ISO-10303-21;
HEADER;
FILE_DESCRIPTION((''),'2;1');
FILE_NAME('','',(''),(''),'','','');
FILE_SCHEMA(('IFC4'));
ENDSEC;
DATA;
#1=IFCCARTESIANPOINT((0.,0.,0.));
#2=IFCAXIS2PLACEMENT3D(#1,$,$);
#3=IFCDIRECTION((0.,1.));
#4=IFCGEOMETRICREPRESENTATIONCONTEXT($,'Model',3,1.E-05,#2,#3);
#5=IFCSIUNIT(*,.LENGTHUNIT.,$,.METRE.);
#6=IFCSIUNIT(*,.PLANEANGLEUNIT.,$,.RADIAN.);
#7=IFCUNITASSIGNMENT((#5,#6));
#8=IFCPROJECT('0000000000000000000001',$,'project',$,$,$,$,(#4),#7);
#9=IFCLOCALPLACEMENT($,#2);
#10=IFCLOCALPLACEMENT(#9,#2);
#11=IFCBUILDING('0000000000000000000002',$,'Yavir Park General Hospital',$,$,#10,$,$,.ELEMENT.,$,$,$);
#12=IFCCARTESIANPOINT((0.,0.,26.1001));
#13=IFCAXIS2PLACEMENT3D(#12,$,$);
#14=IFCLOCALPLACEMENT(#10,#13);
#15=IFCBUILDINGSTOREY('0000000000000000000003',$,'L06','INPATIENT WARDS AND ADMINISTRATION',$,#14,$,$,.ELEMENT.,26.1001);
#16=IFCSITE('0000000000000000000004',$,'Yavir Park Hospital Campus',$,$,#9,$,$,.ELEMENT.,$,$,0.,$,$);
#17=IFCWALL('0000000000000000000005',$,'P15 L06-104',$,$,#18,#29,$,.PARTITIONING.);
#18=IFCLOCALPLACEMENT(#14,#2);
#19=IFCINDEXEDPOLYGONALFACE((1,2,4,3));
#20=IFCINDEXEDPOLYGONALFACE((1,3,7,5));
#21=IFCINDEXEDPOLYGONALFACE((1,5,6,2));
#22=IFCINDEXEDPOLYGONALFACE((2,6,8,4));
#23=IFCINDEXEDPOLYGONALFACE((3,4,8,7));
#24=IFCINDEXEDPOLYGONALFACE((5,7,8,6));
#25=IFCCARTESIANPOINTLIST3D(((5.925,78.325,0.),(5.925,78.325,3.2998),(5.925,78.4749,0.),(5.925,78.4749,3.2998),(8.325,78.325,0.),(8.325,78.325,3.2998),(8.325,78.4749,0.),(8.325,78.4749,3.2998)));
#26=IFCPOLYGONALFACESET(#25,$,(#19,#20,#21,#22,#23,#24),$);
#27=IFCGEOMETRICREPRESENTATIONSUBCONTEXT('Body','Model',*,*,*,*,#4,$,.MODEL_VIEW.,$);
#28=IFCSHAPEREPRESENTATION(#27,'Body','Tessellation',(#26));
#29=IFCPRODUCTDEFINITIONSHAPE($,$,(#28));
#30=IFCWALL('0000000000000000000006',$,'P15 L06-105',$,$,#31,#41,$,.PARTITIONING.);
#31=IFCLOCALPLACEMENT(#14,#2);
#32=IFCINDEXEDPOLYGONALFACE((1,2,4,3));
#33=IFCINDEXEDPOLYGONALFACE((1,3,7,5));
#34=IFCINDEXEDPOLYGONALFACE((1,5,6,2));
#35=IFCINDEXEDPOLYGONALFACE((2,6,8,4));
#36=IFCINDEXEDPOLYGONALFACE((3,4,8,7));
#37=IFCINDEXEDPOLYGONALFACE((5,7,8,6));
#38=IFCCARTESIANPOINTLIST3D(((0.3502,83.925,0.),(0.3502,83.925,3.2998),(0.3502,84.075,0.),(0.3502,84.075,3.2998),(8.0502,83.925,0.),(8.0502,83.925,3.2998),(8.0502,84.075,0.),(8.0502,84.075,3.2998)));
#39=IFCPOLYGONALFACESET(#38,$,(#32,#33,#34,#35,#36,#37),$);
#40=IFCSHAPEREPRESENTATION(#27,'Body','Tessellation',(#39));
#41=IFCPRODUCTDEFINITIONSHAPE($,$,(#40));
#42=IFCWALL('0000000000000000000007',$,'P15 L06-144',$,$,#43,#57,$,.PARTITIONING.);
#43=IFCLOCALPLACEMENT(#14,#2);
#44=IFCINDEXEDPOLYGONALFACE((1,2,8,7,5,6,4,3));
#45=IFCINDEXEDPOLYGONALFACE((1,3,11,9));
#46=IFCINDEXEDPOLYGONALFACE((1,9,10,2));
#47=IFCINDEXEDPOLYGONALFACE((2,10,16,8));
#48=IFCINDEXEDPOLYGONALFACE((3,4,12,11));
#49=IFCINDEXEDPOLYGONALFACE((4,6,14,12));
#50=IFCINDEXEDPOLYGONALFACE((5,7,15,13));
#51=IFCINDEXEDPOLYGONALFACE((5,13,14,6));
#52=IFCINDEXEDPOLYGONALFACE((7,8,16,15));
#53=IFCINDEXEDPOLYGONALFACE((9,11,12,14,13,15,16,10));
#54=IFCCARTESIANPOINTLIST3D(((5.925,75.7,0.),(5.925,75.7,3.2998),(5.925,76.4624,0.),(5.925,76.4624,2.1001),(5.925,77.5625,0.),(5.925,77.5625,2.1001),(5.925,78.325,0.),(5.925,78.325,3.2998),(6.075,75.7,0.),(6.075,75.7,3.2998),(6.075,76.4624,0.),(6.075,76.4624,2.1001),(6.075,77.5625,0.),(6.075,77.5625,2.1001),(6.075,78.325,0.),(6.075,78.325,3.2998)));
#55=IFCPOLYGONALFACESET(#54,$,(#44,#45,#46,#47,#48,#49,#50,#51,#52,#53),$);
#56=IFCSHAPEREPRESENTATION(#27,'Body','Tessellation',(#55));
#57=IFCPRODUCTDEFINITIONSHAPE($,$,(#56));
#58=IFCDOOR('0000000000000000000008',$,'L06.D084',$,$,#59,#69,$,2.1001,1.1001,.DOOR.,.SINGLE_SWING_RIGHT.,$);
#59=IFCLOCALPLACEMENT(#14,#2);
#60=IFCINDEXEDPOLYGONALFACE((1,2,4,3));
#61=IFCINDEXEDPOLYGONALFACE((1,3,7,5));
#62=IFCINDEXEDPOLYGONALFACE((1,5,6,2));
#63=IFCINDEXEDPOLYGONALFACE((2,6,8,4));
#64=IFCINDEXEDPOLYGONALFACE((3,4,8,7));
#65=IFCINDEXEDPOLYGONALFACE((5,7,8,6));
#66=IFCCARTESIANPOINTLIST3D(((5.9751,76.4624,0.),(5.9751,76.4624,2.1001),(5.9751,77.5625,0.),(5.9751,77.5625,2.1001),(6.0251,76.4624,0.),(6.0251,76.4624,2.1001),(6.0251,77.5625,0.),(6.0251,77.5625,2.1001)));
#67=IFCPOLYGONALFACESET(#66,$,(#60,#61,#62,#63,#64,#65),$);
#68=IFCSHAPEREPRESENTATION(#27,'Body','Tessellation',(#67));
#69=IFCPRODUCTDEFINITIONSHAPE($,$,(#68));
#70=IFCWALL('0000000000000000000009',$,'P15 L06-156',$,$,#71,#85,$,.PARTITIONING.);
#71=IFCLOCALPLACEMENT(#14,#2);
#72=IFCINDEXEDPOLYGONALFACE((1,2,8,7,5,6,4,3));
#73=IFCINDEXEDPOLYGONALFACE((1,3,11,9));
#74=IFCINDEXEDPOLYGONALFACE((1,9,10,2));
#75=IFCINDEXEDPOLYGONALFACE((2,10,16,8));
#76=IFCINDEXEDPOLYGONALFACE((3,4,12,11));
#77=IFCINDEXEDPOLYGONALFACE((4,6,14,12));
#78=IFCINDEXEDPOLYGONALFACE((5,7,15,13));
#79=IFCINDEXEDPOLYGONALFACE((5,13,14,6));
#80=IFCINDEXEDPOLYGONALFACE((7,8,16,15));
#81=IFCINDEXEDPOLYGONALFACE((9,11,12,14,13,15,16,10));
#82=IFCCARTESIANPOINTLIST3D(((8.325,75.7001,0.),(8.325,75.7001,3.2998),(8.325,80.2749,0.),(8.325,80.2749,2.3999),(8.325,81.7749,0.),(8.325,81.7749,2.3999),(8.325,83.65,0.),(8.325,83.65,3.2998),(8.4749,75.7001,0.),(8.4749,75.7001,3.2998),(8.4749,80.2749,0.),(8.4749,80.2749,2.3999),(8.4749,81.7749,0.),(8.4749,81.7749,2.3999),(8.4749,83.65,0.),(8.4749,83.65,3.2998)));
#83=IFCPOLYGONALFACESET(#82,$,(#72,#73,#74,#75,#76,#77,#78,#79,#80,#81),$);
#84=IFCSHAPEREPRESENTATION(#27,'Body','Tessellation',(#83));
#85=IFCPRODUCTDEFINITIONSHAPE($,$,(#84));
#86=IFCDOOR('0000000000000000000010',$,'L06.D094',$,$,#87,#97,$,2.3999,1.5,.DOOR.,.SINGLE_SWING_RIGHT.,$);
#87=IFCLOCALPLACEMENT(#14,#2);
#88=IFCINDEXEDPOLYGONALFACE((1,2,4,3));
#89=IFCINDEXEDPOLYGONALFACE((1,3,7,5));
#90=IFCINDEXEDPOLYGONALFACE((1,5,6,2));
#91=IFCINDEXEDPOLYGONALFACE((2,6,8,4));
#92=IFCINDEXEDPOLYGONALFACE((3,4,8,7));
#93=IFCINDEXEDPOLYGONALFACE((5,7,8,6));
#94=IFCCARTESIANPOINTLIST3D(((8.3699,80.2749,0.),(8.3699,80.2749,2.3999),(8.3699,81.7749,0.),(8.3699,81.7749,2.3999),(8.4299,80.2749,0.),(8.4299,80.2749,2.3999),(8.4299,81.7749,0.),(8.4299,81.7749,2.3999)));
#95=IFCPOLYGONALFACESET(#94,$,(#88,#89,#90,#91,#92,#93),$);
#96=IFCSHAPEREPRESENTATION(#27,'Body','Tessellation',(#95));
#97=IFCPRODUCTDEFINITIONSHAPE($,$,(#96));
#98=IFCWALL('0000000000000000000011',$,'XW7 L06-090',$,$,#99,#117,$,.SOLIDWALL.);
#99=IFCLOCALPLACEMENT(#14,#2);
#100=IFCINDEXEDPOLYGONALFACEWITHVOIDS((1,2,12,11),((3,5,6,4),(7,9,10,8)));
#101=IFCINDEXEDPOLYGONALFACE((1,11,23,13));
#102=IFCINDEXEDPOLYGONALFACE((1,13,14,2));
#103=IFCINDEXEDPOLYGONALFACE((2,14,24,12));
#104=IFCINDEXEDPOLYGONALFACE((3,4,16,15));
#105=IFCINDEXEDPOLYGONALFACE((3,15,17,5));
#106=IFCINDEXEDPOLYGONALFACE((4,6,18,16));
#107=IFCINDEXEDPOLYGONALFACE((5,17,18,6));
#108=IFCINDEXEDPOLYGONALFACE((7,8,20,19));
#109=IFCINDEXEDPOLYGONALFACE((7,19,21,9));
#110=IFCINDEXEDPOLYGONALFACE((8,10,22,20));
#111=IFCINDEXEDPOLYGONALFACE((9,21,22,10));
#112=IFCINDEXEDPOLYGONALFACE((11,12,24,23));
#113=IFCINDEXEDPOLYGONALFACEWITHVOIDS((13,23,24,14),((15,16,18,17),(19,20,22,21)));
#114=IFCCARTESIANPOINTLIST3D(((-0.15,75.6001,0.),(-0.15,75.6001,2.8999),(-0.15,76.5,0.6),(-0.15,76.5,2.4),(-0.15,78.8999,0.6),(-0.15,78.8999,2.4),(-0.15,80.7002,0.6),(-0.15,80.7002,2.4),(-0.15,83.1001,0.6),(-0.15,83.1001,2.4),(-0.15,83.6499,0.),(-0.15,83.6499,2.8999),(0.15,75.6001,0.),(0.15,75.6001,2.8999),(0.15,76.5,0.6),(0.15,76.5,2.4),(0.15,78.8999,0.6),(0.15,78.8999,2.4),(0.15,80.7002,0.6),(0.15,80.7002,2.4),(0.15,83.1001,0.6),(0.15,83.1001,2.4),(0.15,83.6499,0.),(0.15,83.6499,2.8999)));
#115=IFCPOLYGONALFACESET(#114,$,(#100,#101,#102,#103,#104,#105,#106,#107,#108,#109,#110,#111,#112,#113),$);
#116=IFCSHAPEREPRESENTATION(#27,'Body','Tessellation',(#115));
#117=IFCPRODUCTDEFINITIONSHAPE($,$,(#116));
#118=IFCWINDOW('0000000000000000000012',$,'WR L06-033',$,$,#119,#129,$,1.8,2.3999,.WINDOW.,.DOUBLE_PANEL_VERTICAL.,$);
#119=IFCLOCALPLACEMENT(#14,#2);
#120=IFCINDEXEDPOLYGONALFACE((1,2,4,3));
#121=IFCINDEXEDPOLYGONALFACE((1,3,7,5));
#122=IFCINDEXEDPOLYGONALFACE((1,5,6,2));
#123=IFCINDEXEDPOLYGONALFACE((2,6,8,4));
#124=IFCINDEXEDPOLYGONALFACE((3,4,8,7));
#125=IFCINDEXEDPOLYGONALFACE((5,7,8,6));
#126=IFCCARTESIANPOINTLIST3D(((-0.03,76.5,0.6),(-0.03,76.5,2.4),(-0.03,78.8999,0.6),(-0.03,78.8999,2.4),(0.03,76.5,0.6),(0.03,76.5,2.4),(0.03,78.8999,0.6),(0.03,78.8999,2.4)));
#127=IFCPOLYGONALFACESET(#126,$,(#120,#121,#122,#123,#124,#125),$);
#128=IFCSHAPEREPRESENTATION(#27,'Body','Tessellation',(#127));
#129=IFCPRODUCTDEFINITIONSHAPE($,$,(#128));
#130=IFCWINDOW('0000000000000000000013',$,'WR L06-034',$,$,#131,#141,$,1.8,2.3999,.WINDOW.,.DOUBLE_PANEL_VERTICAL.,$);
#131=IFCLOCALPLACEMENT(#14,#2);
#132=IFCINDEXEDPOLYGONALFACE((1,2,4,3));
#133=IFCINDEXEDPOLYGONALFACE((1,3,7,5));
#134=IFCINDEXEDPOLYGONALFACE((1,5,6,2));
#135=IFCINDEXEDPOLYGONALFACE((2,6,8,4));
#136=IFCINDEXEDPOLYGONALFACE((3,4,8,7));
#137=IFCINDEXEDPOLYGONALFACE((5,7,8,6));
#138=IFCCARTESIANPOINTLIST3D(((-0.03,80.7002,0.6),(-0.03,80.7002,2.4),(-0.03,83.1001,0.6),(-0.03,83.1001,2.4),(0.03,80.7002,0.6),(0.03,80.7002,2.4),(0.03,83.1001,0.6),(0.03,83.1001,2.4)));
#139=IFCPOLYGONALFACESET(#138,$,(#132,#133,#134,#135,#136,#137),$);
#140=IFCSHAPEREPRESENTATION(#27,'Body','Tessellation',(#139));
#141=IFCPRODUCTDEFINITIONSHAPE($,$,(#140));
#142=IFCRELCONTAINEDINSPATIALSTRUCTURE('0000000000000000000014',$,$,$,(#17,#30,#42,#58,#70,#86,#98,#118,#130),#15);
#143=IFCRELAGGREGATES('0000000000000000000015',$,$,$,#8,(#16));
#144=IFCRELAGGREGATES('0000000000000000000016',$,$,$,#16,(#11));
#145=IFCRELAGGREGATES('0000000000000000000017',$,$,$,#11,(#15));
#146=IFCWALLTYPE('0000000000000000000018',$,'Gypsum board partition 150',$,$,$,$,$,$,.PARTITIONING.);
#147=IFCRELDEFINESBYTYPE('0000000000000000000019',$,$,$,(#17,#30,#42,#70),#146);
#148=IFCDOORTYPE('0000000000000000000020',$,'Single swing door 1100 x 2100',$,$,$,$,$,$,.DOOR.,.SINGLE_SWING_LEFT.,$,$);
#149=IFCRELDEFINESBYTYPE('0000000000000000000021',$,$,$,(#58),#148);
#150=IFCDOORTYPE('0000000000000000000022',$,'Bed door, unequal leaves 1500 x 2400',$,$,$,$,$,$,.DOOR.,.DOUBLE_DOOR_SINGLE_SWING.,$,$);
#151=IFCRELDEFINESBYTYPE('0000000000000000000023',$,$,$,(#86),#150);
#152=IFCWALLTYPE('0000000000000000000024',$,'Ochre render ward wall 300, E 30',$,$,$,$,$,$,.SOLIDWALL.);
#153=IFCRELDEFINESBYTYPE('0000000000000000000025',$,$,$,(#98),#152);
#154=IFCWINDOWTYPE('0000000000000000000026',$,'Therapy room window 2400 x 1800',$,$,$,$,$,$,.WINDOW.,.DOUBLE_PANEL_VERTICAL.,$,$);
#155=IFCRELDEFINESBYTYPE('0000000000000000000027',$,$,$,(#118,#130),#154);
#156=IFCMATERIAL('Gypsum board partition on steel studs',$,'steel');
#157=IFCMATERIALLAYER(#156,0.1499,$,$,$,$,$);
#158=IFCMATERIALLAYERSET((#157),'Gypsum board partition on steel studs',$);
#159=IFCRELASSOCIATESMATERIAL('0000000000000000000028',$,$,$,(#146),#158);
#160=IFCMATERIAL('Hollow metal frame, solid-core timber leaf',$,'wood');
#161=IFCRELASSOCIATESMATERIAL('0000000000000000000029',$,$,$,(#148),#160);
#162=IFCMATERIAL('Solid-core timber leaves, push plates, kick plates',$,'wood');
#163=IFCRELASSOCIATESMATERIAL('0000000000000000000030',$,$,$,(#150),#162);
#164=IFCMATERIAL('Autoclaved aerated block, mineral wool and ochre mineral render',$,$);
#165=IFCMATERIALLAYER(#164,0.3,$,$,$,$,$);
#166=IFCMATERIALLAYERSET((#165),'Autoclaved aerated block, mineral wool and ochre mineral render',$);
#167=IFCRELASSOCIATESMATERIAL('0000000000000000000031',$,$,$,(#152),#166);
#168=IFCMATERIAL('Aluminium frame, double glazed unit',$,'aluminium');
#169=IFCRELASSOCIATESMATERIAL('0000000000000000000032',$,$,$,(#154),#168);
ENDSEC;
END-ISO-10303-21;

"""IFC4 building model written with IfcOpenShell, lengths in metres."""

from ifc_helpers import new_model, si_unit, direction, frame, frame_2d, origin, place, context, subcontext, project, spatial, rectangle, extrude, material, layer, layer_set, type_object, element, fill, save


model = new_model("IFC4")

# Units and contexts
model_context = context("Model", 3, precision=1e-05, world=origin(), true_north=direction((0.0, 1.0)))
body_context = subcontext(model_context, "Body", "Model", "MODEL_VIEW")
ifc_project = project(units=[si_unit("LENGTHUNIT", "METRE"), si_unit("PLANEANGLEUNIT", "RADIAN")], contexts=[model_context])

# Site, building, storey
site_placement = place(None, origin())
site = spatial("IfcSite", under=ifc_project, at=site_placement, Name="Yavir Park Hospital Campus", CompositionType="ELEMENT", RefElevation=0.0)
building_placement = place(site_placement, origin())
building = spatial("IfcBuilding", under=site, at=building_placement, Name="Yavir Park General Hospital", CompositionType="ELEMENT")
storey_placement = place(building_placement, frame((0.0, 0.0, 26.1001)))
storey = spatial("IfcBuildingStorey", under=building, at=storey_placement, Name="L06", Description="INPATIENT WARDS AND ADMINISTRATION", CompositionType="ELEMENT", Elevation=26.1001)

# Walls
ifc_material_1 = material(Name="Gypsum board partition on steel studs", Category="steel")
ifc_layer_1 = layer(ifc_material_1, 0.1499)
ifc_layer_set_1 = layer_set([ifc_layer_1], Name="Gypsum board partition on steel studs")
wall_type_1 = type_object("IfcWallType", Name="Gypsum board partition 150", PredefinedType="PARTITIONING", material=ifc_layer_set_1)
wall_1_placement = place(storey_placement, frame((5.925, 78.3999, 0.0), z_axis=(0.0, 0.0, 1.0), x_axis=(1.0, 0.0, 0.0)))
element("IfcWall", 1, at=wall_1_placement, inside=storey, type_object=wall_type_1, Name="P15 L06-104", PredefinedType="PARTITIONING", context=body_context, shape_type="SweptSolid", body=[
    extrude(rectangle(XDim=2.3999, YDim=0.1499, at=frame_2d((1.2, 0.0))), origin(), (0.0, 0.0, 1.0), 3.2998),
])
wall_2_placement = place(storey_placement, frame((0.3501, 84.0, 0.0), z_axis=(0.0, 0.0, 1.0), x_axis=(1.0, 0.0, 0.0)))
element("IfcWall", 2, at=wall_2_placement, inside=storey, type_object=wall_type_1, Name="P15 L06-105", PredefinedType="PARTITIONING", context=body_context, shape_type="SweptSolid", body=[
    extrude(rectangle(XDim=7.7, YDim=0.1499, at=frame_2d((3.8501, 0.0))), origin(), (0.0, 0.0, 1.0), 3.2998),
])

# Walls, openings, doors
wall_3_placement = place(storey_placement, frame((6.0, 75.7, 0.0), z_axis=(0.0, 0.0, 1.0), x_axis=(0.0, 1.0, 0.0)))
wall_3 = element("IfcWall", 3, at=wall_3_placement, inside=storey, type_object=wall_type_1, Name="P15 L06-144", PredefinedType="PARTITIONING", context=body_context, shape_type="SweptSolid", body=[
    extrude(rectangle(XDim=2.625, YDim=0.1499, at=frame_2d((1.3125, 0.0))), origin(), (0.0, 0.0, 1.0), 3.2998),
])
opening_1_placement = place(wall_3_placement, frame((0.7625, 0.0, 0.0)))
opening_1 = element("IfcOpeningElement", 4, at=opening_1_placement, cuts=wall_3, PredefinedType="OPENING", context=body_context, shape_type="SweptSolid", body=[
    extrude(rectangle(XDim=1.1001, YDim=2.1001, at=frame_2d((0.55, 1.05))), frame((0.0, 0.085, 0.0), z_axis=(0.0, -1.0, 0.0), x_axis=(1.0, 0.0, 0.0)), (0.0, 0.0, 1.0), 0.1699),
])
ifc_material_2 = material(Name="Hollow metal frame, solid-core timber leaf", Category="wood")
door_type_1 = type_object("IfcDoorType", Name="Single swing door 1100 x 2100", OperationType="SINGLE_SWING_LEFT", PredefinedType="DOOR", material=ifc_material_2)
door_1_placement = place(opening_1_placement, origin())
door_1 = element("IfcDoor", 5, at=door_1_placement, inside=storey, type_object=door_type_1, Name="L06.D084", OperationType="SINGLE_SWING_RIGHT", OverallHeight=2.1001, OverallWidth=1.1001, PredefinedType="DOOR", context=body_context, shape_type="SweptSolid", body=[
    extrude(rectangle(XDim=1.1001, YDim=2.1001, at=frame_2d((0.55, 1.05))), frame((0.0, 0.0249, 0.0), z_axis=(0.0, -1.0, 0.0), x_axis=(1.0, 0.0, 0.0)), (0.0, 0.0, 1.0), 0.05),
])
fill(opening_1, door_1)
wall_4_placement = place(storey_placement, frame((8.3999, 75.7, 0.0), z_axis=(0.0, 0.0, 1.0), x_axis=(0.0, 1.0, 0.0)))
wall_4 = element("IfcWall", 6, at=wall_4_placement, inside=storey, type_object=wall_type_1, Name="P15 L06-156", PredefinedType="PARTITIONING", context=body_context, shape_type="SweptSolid", body=[
    extrude(rectangle(XDim=7.95, YDim=0.1499, at=frame_2d((3.9751, 0.0))), origin(), (0.0, 0.0, 1.0), 3.2998),
])
opening_2_placement = place(wall_4_placement, frame((4.575, 0.0, 0.0)))
opening_2 = element("IfcOpeningElement", 7, at=opening_2_placement, cuts=wall_4, PredefinedType="OPENING", context=body_context, shape_type="SweptSolid", body=[
    extrude(rectangle(XDim=1.5, YDim=2.3999, at=frame_2d((0.75, 1.2))), frame((0.0, 0.085, 0.0), z_axis=(0.0, -1.0, 0.0), x_axis=(1.0, 0.0, 0.0)), (0.0, 0.0, 1.0), 0.1699),
])
ifc_material_3 = material(Name="Solid-core timber leaves, push plates, kick plates", Category="wood")
door_type_2 = type_object("IfcDoorType", Name="Bed door, unequal leaves 1500 x 2400", OperationType="DOUBLE_DOOR_SINGLE_SWING", PredefinedType="DOOR", material=ifc_material_3)
door_2_placement = place(opening_2_placement, origin())
door_2 = element("IfcDoor", 8, at=door_2_placement, inside=storey, type_object=door_type_2, Name="L06.D094", OperationType="SINGLE_SWING_RIGHT", OverallHeight=2.3999, OverallWidth=1.5, PredefinedType="DOOR", context=body_context, shape_type="SweptSolid", body=[
    extrude(rectangle(XDim=1.5, YDim=2.3999, at=frame_2d((0.75, 1.2))), frame((0.0, 0.03, 0.0), z_axis=(0.0, -1.0, 0.0), x_axis=(1.0, 0.0, 0.0)), (0.0, 0.0, 1.0), 0.0601),
])
fill(opening_2, door_2)

# Wall, openings, windows
ifc_material_4 = material(Name="Autoclaved aerated block, mineral wool and ochre mineral render")
ifc_layer_2 = layer(ifc_material_4, 0.3)
ifc_layer_set_2 = layer_set([ifc_layer_2], Name="Autoclaved aerated block, mineral wool and ochre mineral render")
wall_type_2 = type_object("IfcWallType", Name="Ochre render ward wall 300, E 30", PredefinedType="SOLIDWALL", material=ifc_layer_set_2)
wall_5_placement = place(storey_placement, frame((0.0, 75.6001, 0.0), z_axis=(0.0, 0.0, 1.0), x_axis=(0.0, 1.0, 0.0)))
wall_5 = element("IfcWall", 9, at=wall_5_placement, inside=storey, type_object=wall_type_2, Name="XW7 L06-090", PredefinedType="SOLIDWALL", context=body_context, shape_type="SweptSolid", body=[
    extrude(rectangle(XDim=8.0498, YDim=0.3, at=frame_2d((4.0249, 0.0))), origin(), (0.0, 0.0, 1.0), 2.8999),
])
opening_3_placement = place(wall_5_placement, frame((0.8999, 0.0, 0.6001)))
opening_3 = element("IfcOpeningElement", 10, at=opening_3_placement, cuts=wall_5, PredefinedType="OPENING", context=body_context, shape_type="SweptSolid", body=[
    extrude(rectangle(XDim=2.3999, YDim=1.8, at=frame_2d((1.2, 0.8999))), frame((0.0, 0.1599, 0.0), z_axis=(0.0, -1.0, 0.0), x_axis=(1.0, 0.0, 0.0)), (0.0, 0.0, 1.0), 0.3201),
])
opening_4_placement = place(wall_5_placement, frame((5.1001, 0.0, 0.6001)))
opening_4 = element("IfcOpeningElement", 11, at=opening_4_placement, cuts=wall_5, PredefinedType="OPENING", context=body_context, shape_type="SweptSolid", body=[
    extrude(rectangle(XDim=2.3999, YDim=1.8, at=frame_2d((1.2, 0.8999))), frame((0.0, 0.1599, 0.0), z_axis=(0.0, -1.0, 0.0), x_axis=(1.0, 0.0, 0.0)), (0.0, 0.0, 1.0), 0.3201),
])
ifc_material_5 = material(Name="Aluminium frame, double glazed unit", Category="aluminium")
window_type_1 = type_object("IfcWindowType", Name="Therapy room window 2400 x 1800", PartitioningType="DOUBLE_PANEL_VERTICAL", PredefinedType="WINDOW", material=ifc_material_5)
window_1_placement = place(opening_3_placement, origin())
window_1 = element("IfcWindow", 12, at=window_1_placement, inside=storey, type_object=window_type_1, Name="WR L06-033", OverallHeight=1.8, OverallWidth=2.3999, PartitioningType="DOUBLE_PANEL_VERTICAL", PredefinedType="WINDOW", context=body_context, shape_type="SweptSolid", body=[
    extrude(rectangle(XDim=2.3999, YDim=1.8, at=frame_2d((1.2, 0.8999))), frame((0.0, 0.03, 0.0), z_axis=(0.0, -1.0, 0.0), x_axis=(1.0, 0.0, 0.0)), (0.0, 0.0, 1.0), 0.0601),
])
fill(opening_3, window_1)
window_2_placement = place(opening_4_placement, origin())
window_2 = element("IfcWindow", 13, at=window_2_placement, inside=storey, type_object=window_type_1, Name="WR L06-034", OverallHeight=1.8, OverallWidth=2.3999, PartitioningType="DOUBLE_PANEL_VERTICAL", PredefinedType="WINDOW", context=body_context, shape_type="SweptSolid", body=[
    extrude(rectangle(XDim=2.3999, YDim=1.8, at=frame_2d((1.2, 0.8999))), frame((0.0, 0.03, 0.0), z_axis=(0.0, -1.0, 0.0), x_axis=(1.0, 0.0, 0.0)), (0.0, 0.0, 1.0), 0.0601),
])
fill(opening_4, window_2)

save(model, "model.ifc")
